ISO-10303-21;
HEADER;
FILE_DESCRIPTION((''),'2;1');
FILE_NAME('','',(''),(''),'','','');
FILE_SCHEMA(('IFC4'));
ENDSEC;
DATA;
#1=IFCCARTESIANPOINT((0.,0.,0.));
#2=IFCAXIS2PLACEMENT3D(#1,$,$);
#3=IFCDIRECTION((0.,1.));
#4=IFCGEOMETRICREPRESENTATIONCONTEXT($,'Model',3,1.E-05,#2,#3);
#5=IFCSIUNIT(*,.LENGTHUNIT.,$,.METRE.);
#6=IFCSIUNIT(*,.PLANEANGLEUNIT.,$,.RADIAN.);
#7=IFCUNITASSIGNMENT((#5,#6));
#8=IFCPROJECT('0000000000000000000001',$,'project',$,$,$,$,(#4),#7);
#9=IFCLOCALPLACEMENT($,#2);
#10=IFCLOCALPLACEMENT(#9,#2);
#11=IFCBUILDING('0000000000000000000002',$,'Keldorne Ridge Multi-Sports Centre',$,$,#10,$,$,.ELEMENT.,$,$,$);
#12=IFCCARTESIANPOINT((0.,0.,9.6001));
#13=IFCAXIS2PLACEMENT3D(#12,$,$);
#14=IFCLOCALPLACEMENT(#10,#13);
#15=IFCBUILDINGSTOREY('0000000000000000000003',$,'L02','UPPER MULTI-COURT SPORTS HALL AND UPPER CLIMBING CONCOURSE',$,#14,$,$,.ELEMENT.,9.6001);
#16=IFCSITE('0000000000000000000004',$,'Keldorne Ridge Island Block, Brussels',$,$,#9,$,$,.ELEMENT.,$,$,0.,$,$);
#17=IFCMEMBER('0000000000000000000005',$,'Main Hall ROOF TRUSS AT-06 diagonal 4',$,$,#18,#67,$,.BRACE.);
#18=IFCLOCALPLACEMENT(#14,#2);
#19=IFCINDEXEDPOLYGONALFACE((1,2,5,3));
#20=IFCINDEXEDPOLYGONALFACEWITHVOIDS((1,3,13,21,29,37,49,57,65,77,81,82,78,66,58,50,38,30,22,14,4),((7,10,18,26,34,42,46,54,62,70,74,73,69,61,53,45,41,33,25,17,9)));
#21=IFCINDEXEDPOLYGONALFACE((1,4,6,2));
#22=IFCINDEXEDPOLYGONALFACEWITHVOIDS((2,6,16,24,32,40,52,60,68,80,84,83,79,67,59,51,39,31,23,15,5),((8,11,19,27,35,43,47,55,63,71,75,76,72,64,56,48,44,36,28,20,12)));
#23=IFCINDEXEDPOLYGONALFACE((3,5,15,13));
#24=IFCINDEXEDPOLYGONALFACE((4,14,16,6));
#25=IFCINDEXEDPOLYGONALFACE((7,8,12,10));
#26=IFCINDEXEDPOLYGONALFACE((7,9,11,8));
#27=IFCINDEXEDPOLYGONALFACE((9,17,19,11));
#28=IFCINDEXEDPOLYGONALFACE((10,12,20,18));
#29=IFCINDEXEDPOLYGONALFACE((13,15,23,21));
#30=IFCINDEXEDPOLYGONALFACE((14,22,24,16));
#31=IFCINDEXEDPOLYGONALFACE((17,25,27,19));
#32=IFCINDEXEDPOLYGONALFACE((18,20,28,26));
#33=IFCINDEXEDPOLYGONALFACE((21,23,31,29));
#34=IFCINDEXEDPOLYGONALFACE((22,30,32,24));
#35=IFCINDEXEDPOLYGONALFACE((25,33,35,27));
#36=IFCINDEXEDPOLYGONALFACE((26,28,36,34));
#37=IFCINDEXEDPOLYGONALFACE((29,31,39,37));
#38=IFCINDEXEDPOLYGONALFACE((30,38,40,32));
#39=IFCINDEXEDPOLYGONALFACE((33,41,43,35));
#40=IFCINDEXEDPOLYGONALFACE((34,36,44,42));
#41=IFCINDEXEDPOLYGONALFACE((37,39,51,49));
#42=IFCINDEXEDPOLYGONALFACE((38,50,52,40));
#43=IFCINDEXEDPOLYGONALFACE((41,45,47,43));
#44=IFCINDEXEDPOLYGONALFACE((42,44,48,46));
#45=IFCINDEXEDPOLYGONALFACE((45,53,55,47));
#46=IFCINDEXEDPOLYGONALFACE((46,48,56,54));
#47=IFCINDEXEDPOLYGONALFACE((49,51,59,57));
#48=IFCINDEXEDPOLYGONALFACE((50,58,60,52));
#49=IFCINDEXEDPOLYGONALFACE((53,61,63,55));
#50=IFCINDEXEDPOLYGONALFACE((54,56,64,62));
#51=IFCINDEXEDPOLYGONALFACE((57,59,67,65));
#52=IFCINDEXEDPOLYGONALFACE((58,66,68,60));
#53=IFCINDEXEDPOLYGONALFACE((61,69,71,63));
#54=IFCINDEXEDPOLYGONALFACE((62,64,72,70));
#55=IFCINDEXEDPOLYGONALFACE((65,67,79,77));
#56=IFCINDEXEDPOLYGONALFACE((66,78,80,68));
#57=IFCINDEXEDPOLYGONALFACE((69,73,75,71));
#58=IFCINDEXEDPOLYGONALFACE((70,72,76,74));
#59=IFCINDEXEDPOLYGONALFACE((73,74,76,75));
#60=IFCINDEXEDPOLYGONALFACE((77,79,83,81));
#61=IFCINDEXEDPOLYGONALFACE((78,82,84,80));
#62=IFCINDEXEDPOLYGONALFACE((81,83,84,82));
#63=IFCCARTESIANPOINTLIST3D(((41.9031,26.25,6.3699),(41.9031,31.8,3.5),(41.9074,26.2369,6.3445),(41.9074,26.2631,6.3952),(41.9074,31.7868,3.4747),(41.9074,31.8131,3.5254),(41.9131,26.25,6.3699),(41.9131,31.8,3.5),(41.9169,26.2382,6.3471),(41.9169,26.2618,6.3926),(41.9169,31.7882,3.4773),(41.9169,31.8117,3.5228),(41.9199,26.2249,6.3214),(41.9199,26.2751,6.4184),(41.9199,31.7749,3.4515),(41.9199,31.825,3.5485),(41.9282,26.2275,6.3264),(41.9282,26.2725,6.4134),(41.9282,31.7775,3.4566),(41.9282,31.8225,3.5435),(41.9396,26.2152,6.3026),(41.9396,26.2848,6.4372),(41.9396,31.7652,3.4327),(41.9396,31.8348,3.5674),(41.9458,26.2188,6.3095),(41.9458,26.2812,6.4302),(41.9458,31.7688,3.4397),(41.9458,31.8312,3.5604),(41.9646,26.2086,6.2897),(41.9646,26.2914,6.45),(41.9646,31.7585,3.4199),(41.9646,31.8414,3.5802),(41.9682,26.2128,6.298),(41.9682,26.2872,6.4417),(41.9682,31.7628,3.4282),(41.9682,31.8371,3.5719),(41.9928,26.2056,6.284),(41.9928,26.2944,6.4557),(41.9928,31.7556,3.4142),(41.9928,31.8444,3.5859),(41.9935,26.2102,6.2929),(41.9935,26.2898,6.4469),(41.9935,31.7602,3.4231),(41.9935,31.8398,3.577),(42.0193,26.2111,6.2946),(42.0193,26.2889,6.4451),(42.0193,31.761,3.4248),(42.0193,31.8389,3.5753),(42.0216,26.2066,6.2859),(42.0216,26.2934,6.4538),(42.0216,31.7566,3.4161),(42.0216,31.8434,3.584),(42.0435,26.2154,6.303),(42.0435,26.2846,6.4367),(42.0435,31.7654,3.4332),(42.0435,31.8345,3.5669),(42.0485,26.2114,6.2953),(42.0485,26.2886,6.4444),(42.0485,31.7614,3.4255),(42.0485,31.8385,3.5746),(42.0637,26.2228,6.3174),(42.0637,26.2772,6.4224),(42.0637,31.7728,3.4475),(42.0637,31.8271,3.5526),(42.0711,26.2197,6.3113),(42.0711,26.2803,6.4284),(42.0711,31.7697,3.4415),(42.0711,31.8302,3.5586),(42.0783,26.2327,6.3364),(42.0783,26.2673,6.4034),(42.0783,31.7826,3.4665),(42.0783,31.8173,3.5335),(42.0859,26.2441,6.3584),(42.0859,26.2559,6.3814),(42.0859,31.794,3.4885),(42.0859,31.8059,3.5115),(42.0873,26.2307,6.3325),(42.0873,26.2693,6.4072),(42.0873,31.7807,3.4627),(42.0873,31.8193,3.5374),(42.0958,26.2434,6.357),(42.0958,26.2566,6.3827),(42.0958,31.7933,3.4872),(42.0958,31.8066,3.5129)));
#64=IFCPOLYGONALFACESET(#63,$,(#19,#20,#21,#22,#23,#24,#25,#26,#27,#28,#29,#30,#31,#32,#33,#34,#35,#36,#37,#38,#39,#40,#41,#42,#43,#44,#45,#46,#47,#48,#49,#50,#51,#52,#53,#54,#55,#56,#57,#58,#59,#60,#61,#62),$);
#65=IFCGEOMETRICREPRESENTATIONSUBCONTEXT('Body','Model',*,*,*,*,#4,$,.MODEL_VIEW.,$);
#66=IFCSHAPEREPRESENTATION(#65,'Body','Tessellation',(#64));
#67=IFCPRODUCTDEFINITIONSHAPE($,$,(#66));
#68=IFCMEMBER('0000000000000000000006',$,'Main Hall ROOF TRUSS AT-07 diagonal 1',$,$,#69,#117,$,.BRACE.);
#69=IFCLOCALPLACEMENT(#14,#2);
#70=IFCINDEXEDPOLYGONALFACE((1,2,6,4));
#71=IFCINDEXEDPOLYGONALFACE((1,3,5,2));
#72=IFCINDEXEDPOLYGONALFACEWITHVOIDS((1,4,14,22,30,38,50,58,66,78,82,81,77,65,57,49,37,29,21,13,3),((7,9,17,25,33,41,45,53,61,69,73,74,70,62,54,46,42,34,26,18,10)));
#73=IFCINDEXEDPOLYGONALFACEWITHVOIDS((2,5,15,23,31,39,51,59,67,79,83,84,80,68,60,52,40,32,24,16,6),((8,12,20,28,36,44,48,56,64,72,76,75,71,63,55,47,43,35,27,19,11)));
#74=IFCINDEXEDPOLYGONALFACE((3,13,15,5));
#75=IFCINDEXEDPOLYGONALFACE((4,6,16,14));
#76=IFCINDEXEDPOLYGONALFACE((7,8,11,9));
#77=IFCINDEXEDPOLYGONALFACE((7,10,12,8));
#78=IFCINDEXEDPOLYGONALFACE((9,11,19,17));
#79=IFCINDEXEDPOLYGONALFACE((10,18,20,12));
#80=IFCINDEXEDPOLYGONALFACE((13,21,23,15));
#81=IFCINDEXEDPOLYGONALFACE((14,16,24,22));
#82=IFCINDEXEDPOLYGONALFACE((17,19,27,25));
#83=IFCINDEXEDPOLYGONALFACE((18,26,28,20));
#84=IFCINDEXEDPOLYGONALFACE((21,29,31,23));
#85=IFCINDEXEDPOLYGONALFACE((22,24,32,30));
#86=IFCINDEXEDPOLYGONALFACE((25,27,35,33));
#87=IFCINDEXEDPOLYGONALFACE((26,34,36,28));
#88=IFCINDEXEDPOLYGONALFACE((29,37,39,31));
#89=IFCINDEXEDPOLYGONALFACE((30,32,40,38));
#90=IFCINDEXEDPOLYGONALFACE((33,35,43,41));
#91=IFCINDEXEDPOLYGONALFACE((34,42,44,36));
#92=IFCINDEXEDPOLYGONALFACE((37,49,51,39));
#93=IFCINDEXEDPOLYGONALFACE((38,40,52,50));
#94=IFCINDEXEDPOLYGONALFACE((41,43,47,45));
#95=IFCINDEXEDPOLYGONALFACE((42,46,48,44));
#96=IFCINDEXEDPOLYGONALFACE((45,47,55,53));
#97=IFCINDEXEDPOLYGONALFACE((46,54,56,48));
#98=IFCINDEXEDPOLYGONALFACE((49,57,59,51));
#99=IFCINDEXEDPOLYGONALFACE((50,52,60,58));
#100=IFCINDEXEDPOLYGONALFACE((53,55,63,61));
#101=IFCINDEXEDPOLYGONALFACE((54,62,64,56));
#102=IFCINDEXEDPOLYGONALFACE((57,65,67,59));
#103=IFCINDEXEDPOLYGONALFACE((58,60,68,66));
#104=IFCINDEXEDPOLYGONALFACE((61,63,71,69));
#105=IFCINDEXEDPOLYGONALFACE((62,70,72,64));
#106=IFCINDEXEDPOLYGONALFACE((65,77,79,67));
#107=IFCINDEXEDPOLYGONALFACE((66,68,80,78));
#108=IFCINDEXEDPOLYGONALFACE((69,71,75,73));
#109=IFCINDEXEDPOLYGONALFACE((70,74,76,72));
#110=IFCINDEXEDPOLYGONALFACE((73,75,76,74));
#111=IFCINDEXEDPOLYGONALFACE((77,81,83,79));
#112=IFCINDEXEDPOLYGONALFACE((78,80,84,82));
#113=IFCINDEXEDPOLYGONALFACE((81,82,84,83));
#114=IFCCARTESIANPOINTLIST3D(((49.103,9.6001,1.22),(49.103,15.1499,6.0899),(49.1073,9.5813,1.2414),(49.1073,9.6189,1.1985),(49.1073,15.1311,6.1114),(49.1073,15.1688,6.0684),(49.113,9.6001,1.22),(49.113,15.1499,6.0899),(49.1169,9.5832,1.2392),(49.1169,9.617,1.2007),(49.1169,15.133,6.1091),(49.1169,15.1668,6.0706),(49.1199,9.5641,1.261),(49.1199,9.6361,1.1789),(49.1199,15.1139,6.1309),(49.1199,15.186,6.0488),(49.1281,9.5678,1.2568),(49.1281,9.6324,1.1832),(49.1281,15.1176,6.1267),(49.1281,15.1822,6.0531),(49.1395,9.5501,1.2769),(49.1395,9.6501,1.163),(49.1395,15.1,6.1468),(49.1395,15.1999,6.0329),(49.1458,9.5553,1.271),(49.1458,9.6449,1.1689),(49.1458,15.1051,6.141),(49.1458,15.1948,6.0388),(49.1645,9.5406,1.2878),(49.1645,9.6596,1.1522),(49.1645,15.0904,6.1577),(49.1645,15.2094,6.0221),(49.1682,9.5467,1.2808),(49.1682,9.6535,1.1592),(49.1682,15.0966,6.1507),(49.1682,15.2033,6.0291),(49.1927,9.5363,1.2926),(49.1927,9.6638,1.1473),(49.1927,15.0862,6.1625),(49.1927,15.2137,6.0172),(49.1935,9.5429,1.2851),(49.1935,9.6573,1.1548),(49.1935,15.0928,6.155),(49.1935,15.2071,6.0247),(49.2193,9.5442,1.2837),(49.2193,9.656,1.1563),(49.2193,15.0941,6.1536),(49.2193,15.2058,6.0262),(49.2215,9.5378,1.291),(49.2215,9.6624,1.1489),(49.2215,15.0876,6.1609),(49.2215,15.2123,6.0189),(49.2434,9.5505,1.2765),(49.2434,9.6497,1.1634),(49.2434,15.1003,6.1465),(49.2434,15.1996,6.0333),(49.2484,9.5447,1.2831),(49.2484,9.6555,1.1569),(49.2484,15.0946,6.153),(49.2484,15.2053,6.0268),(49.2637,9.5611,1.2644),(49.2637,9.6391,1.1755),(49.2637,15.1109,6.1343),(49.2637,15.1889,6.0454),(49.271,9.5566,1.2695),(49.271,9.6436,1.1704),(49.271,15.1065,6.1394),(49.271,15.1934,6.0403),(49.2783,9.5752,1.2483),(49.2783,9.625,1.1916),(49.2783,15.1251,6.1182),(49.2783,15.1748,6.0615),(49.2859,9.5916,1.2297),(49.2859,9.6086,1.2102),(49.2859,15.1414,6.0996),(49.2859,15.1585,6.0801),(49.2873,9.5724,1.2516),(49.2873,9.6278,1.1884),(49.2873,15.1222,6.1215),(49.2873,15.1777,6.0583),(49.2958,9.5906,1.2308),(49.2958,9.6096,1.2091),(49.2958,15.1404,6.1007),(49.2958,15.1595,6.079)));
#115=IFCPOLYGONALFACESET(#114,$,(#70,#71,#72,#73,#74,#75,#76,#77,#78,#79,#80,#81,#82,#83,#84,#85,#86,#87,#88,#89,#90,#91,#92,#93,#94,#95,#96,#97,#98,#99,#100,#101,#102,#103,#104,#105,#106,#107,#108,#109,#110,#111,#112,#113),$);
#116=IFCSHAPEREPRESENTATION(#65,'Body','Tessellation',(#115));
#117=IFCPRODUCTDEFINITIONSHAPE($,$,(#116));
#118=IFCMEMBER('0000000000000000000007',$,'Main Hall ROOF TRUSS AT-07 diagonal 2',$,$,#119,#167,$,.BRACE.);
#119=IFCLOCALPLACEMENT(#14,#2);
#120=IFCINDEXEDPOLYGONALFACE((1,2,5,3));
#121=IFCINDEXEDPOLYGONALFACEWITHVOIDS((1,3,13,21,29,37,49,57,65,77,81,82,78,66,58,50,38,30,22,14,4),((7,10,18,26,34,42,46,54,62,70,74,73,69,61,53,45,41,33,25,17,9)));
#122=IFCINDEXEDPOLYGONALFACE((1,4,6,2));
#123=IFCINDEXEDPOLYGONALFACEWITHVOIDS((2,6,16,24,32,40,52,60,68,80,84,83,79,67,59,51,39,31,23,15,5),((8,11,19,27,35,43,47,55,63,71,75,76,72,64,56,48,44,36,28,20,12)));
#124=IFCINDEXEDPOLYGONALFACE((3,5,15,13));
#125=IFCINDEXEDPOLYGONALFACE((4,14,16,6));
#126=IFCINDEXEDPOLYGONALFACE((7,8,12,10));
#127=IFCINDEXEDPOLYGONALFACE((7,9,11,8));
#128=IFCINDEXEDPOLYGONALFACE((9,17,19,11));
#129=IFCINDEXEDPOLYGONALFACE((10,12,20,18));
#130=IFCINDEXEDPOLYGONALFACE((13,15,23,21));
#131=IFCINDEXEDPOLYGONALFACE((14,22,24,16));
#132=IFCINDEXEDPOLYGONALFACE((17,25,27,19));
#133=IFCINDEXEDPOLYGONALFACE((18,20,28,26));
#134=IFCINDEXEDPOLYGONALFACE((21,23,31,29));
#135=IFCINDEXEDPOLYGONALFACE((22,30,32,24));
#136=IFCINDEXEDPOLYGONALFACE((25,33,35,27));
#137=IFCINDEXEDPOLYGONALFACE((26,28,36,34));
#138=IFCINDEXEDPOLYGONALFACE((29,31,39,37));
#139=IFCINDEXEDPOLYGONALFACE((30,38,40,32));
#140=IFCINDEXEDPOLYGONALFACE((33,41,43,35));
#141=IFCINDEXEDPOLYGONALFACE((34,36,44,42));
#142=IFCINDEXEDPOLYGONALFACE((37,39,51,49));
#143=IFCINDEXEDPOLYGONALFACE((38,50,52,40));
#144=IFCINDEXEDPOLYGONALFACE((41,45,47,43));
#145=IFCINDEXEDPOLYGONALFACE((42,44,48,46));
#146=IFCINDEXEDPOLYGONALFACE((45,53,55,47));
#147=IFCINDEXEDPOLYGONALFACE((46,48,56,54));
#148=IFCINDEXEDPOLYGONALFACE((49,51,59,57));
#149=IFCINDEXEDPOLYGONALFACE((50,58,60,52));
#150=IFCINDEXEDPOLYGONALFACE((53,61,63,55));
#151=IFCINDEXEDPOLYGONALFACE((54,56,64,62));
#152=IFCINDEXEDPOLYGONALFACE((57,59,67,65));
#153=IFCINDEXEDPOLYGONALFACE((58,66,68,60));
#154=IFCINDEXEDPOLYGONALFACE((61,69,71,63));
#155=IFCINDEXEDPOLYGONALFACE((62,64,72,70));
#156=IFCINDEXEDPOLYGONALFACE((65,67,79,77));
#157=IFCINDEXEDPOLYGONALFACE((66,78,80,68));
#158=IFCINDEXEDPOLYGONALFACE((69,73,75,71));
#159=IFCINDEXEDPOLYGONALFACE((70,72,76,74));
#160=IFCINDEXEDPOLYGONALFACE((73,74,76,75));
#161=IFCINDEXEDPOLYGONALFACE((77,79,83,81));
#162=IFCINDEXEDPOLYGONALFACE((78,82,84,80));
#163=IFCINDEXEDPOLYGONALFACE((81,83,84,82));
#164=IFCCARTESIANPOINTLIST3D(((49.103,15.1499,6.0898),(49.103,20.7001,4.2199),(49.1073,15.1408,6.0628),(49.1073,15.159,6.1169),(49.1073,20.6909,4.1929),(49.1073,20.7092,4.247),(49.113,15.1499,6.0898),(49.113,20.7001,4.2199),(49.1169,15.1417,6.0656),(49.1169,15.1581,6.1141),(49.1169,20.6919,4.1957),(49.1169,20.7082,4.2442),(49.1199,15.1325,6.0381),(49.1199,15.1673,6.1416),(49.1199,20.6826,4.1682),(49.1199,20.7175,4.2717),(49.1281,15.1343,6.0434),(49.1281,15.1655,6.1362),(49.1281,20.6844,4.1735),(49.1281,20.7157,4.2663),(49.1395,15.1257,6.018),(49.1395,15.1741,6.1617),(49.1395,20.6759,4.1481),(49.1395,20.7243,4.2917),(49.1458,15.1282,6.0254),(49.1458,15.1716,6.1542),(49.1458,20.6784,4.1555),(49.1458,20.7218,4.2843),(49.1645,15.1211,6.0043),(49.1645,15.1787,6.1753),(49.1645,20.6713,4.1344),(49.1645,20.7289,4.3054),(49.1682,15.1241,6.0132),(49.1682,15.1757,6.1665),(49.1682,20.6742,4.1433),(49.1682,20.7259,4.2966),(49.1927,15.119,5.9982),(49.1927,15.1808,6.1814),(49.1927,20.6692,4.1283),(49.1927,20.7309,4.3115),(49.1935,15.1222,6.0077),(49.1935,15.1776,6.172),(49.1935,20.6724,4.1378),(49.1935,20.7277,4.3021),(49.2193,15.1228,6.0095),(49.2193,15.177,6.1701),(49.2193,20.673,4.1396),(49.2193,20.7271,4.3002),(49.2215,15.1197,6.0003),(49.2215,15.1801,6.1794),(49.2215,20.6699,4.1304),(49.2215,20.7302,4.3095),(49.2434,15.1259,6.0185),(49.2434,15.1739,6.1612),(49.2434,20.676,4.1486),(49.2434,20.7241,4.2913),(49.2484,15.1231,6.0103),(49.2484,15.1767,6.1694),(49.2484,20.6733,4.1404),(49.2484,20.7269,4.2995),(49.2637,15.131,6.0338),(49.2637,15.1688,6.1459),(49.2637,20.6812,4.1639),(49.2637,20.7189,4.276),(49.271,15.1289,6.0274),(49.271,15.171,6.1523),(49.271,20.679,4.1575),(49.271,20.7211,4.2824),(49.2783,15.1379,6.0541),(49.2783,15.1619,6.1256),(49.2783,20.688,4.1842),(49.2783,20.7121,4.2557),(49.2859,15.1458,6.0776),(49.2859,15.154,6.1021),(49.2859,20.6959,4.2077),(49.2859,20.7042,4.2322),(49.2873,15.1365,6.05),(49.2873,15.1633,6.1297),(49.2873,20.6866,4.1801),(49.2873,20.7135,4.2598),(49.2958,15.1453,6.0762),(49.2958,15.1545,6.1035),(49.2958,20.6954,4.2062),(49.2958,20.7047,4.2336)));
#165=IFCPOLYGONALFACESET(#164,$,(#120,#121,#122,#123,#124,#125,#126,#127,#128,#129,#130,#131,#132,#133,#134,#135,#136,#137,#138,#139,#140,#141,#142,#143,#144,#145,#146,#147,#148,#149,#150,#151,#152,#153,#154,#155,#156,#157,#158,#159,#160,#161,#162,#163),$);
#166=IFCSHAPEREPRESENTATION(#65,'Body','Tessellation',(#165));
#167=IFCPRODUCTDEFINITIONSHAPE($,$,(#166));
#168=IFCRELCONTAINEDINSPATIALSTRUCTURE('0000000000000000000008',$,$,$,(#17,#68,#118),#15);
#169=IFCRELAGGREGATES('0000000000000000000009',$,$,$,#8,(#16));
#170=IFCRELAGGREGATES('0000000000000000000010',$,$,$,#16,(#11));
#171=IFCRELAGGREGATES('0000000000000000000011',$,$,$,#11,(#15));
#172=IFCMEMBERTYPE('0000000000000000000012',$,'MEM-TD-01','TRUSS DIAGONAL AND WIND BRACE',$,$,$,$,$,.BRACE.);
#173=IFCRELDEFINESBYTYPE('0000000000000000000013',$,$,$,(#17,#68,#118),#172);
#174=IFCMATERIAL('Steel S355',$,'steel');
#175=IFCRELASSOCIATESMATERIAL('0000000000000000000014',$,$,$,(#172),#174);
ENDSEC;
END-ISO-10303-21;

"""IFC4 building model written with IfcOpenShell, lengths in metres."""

from ifc_helpers import new_model, si_unit, direction, frame, origin, origin_2d, place, context, subcontext, project, spatial, hollow_circle, extrude, material, material_profile, profile_set, type_object, element, save


model = new_model("IFC4")

# Units and contexts
model_context = context("Model", 3, precision=1e-05, world=origin(), true_north=direction((0.0, 1.0)))
body_context = subcontext(model_context, "Body", "Model", "MODEL_VIEW")
ifc_project = project(units=[si_unit("LENGTHUNIT", "METRE"), si_unit("PLANEANGLEUNIT", "RADIAN")], contexts=[model_context])

# Site, building, storey
site_placement = place(None, origin())
site = spatial("IfcSite", under=ifc_project, at=site_placement, Name="Keldorne Ridge Island Block, Brussels", CompositionType="ELEMENT", RefElevation=0.0)
building_placement = place(site_placement, origin())
building = spatial("IfcBuilding", under=site, at=building_placement, Name="Keldorne Ridge Multi-Sports Centre", CompositionType="ELEMENT")
storey_placement = place(building_placement, frame((0.0, 0.0, 9.6001)))
storey = spatial("IfcBuildingStorey", under=building, at=storey_placement, Name="L02", Description="UPPER MULTI-COURT SPORTS HALL AND UPPER CLIMBING CONCOURSE", CompositionType="ELEMENT", Elevation=9.6001)

# Shared definitions
ifc_material = material(Name="Steel S355", Category="steel")

# Members
ifc_material_profile_1 = material_profile(ifc_material, hollow_circle(Radius=0.0969, WallThickness=0.01, at=origin_2d()), Name="CHS 193.7x10")
ifc_profile_set_1 = profile_set([ifc_material_profile_1], Name="Steel S355")
member_type_1 = type_object("IfcMemberType", Name="MEM-TD-01", Description="TRUSS DIAGONAL AND WIND BRACE", PredefinedType="BRACE", material=ifc_profile_set_1)
member_1_placement = place(storey_placement, frame((42.0, 26.25, 6.3699), z_axis=(0.0, 0.888273, -0.459317), x_axis=(-1.0, 0.0, 0.0)))
element("IfcMember", 1, at=member_1_placement, inside=storey, type_object=member_type_1, Name="Main Hall ROOF TRUSS AT-06 diagonal 4", PredefinedType="BRACE", context=body_context, shape_type="SweptSolid", body=[
    extrude(hollow_circle(Radius=0.0969, WallThickness=0.01, at=origin_2d()), origin(), (0.0, 0.0, 1.0), 6.248),
])
member_2_placement = place(storey_placement, frame((49.2, 9.6001, 1.22), z_axis=(0.0, 0.75165, 0.659562), x_axis=(-1.0, 0.0, 0.0)))
element("IfcMember", 2, at=member_2_placement, inside=storey, type_object=member_type_1, Name="Main Hall ROOF TRUSS AT-07 diagonal 1", PredefinedType="BRACE", context=body_context, shape_type="SweptSolid", body=[
    extrude(hollow_circle(Radius=0.0969, WallThickness=0.01, at=origin_2d()), origin(), (0.0, 0.0, 1.0), 7.3835),
])
member_3_placement = place(storey_placement, frame((49.2, 15.1499, 6.0898), z_axis=(0.0, 0.947661, -0.319278), x_axis=(-1.0, 0.0, 0.0)))
element("IfcMember", 3, at=member_3_placement, inside=storey, type_object=member_type_1, Name="Main Hall ROOF TRUSS AT-07 diagonal 2", PredefinedType="BRACE", context=body_context, shape_type="SweptSolid", body=[
    extrude(hollow_circle(Radius=0.0969, WallThickness=0.01, at=origin_2d()), origin(), (0.0, 0.0, 1.0), 5.8567),
])

save(model, "model.ifc")
